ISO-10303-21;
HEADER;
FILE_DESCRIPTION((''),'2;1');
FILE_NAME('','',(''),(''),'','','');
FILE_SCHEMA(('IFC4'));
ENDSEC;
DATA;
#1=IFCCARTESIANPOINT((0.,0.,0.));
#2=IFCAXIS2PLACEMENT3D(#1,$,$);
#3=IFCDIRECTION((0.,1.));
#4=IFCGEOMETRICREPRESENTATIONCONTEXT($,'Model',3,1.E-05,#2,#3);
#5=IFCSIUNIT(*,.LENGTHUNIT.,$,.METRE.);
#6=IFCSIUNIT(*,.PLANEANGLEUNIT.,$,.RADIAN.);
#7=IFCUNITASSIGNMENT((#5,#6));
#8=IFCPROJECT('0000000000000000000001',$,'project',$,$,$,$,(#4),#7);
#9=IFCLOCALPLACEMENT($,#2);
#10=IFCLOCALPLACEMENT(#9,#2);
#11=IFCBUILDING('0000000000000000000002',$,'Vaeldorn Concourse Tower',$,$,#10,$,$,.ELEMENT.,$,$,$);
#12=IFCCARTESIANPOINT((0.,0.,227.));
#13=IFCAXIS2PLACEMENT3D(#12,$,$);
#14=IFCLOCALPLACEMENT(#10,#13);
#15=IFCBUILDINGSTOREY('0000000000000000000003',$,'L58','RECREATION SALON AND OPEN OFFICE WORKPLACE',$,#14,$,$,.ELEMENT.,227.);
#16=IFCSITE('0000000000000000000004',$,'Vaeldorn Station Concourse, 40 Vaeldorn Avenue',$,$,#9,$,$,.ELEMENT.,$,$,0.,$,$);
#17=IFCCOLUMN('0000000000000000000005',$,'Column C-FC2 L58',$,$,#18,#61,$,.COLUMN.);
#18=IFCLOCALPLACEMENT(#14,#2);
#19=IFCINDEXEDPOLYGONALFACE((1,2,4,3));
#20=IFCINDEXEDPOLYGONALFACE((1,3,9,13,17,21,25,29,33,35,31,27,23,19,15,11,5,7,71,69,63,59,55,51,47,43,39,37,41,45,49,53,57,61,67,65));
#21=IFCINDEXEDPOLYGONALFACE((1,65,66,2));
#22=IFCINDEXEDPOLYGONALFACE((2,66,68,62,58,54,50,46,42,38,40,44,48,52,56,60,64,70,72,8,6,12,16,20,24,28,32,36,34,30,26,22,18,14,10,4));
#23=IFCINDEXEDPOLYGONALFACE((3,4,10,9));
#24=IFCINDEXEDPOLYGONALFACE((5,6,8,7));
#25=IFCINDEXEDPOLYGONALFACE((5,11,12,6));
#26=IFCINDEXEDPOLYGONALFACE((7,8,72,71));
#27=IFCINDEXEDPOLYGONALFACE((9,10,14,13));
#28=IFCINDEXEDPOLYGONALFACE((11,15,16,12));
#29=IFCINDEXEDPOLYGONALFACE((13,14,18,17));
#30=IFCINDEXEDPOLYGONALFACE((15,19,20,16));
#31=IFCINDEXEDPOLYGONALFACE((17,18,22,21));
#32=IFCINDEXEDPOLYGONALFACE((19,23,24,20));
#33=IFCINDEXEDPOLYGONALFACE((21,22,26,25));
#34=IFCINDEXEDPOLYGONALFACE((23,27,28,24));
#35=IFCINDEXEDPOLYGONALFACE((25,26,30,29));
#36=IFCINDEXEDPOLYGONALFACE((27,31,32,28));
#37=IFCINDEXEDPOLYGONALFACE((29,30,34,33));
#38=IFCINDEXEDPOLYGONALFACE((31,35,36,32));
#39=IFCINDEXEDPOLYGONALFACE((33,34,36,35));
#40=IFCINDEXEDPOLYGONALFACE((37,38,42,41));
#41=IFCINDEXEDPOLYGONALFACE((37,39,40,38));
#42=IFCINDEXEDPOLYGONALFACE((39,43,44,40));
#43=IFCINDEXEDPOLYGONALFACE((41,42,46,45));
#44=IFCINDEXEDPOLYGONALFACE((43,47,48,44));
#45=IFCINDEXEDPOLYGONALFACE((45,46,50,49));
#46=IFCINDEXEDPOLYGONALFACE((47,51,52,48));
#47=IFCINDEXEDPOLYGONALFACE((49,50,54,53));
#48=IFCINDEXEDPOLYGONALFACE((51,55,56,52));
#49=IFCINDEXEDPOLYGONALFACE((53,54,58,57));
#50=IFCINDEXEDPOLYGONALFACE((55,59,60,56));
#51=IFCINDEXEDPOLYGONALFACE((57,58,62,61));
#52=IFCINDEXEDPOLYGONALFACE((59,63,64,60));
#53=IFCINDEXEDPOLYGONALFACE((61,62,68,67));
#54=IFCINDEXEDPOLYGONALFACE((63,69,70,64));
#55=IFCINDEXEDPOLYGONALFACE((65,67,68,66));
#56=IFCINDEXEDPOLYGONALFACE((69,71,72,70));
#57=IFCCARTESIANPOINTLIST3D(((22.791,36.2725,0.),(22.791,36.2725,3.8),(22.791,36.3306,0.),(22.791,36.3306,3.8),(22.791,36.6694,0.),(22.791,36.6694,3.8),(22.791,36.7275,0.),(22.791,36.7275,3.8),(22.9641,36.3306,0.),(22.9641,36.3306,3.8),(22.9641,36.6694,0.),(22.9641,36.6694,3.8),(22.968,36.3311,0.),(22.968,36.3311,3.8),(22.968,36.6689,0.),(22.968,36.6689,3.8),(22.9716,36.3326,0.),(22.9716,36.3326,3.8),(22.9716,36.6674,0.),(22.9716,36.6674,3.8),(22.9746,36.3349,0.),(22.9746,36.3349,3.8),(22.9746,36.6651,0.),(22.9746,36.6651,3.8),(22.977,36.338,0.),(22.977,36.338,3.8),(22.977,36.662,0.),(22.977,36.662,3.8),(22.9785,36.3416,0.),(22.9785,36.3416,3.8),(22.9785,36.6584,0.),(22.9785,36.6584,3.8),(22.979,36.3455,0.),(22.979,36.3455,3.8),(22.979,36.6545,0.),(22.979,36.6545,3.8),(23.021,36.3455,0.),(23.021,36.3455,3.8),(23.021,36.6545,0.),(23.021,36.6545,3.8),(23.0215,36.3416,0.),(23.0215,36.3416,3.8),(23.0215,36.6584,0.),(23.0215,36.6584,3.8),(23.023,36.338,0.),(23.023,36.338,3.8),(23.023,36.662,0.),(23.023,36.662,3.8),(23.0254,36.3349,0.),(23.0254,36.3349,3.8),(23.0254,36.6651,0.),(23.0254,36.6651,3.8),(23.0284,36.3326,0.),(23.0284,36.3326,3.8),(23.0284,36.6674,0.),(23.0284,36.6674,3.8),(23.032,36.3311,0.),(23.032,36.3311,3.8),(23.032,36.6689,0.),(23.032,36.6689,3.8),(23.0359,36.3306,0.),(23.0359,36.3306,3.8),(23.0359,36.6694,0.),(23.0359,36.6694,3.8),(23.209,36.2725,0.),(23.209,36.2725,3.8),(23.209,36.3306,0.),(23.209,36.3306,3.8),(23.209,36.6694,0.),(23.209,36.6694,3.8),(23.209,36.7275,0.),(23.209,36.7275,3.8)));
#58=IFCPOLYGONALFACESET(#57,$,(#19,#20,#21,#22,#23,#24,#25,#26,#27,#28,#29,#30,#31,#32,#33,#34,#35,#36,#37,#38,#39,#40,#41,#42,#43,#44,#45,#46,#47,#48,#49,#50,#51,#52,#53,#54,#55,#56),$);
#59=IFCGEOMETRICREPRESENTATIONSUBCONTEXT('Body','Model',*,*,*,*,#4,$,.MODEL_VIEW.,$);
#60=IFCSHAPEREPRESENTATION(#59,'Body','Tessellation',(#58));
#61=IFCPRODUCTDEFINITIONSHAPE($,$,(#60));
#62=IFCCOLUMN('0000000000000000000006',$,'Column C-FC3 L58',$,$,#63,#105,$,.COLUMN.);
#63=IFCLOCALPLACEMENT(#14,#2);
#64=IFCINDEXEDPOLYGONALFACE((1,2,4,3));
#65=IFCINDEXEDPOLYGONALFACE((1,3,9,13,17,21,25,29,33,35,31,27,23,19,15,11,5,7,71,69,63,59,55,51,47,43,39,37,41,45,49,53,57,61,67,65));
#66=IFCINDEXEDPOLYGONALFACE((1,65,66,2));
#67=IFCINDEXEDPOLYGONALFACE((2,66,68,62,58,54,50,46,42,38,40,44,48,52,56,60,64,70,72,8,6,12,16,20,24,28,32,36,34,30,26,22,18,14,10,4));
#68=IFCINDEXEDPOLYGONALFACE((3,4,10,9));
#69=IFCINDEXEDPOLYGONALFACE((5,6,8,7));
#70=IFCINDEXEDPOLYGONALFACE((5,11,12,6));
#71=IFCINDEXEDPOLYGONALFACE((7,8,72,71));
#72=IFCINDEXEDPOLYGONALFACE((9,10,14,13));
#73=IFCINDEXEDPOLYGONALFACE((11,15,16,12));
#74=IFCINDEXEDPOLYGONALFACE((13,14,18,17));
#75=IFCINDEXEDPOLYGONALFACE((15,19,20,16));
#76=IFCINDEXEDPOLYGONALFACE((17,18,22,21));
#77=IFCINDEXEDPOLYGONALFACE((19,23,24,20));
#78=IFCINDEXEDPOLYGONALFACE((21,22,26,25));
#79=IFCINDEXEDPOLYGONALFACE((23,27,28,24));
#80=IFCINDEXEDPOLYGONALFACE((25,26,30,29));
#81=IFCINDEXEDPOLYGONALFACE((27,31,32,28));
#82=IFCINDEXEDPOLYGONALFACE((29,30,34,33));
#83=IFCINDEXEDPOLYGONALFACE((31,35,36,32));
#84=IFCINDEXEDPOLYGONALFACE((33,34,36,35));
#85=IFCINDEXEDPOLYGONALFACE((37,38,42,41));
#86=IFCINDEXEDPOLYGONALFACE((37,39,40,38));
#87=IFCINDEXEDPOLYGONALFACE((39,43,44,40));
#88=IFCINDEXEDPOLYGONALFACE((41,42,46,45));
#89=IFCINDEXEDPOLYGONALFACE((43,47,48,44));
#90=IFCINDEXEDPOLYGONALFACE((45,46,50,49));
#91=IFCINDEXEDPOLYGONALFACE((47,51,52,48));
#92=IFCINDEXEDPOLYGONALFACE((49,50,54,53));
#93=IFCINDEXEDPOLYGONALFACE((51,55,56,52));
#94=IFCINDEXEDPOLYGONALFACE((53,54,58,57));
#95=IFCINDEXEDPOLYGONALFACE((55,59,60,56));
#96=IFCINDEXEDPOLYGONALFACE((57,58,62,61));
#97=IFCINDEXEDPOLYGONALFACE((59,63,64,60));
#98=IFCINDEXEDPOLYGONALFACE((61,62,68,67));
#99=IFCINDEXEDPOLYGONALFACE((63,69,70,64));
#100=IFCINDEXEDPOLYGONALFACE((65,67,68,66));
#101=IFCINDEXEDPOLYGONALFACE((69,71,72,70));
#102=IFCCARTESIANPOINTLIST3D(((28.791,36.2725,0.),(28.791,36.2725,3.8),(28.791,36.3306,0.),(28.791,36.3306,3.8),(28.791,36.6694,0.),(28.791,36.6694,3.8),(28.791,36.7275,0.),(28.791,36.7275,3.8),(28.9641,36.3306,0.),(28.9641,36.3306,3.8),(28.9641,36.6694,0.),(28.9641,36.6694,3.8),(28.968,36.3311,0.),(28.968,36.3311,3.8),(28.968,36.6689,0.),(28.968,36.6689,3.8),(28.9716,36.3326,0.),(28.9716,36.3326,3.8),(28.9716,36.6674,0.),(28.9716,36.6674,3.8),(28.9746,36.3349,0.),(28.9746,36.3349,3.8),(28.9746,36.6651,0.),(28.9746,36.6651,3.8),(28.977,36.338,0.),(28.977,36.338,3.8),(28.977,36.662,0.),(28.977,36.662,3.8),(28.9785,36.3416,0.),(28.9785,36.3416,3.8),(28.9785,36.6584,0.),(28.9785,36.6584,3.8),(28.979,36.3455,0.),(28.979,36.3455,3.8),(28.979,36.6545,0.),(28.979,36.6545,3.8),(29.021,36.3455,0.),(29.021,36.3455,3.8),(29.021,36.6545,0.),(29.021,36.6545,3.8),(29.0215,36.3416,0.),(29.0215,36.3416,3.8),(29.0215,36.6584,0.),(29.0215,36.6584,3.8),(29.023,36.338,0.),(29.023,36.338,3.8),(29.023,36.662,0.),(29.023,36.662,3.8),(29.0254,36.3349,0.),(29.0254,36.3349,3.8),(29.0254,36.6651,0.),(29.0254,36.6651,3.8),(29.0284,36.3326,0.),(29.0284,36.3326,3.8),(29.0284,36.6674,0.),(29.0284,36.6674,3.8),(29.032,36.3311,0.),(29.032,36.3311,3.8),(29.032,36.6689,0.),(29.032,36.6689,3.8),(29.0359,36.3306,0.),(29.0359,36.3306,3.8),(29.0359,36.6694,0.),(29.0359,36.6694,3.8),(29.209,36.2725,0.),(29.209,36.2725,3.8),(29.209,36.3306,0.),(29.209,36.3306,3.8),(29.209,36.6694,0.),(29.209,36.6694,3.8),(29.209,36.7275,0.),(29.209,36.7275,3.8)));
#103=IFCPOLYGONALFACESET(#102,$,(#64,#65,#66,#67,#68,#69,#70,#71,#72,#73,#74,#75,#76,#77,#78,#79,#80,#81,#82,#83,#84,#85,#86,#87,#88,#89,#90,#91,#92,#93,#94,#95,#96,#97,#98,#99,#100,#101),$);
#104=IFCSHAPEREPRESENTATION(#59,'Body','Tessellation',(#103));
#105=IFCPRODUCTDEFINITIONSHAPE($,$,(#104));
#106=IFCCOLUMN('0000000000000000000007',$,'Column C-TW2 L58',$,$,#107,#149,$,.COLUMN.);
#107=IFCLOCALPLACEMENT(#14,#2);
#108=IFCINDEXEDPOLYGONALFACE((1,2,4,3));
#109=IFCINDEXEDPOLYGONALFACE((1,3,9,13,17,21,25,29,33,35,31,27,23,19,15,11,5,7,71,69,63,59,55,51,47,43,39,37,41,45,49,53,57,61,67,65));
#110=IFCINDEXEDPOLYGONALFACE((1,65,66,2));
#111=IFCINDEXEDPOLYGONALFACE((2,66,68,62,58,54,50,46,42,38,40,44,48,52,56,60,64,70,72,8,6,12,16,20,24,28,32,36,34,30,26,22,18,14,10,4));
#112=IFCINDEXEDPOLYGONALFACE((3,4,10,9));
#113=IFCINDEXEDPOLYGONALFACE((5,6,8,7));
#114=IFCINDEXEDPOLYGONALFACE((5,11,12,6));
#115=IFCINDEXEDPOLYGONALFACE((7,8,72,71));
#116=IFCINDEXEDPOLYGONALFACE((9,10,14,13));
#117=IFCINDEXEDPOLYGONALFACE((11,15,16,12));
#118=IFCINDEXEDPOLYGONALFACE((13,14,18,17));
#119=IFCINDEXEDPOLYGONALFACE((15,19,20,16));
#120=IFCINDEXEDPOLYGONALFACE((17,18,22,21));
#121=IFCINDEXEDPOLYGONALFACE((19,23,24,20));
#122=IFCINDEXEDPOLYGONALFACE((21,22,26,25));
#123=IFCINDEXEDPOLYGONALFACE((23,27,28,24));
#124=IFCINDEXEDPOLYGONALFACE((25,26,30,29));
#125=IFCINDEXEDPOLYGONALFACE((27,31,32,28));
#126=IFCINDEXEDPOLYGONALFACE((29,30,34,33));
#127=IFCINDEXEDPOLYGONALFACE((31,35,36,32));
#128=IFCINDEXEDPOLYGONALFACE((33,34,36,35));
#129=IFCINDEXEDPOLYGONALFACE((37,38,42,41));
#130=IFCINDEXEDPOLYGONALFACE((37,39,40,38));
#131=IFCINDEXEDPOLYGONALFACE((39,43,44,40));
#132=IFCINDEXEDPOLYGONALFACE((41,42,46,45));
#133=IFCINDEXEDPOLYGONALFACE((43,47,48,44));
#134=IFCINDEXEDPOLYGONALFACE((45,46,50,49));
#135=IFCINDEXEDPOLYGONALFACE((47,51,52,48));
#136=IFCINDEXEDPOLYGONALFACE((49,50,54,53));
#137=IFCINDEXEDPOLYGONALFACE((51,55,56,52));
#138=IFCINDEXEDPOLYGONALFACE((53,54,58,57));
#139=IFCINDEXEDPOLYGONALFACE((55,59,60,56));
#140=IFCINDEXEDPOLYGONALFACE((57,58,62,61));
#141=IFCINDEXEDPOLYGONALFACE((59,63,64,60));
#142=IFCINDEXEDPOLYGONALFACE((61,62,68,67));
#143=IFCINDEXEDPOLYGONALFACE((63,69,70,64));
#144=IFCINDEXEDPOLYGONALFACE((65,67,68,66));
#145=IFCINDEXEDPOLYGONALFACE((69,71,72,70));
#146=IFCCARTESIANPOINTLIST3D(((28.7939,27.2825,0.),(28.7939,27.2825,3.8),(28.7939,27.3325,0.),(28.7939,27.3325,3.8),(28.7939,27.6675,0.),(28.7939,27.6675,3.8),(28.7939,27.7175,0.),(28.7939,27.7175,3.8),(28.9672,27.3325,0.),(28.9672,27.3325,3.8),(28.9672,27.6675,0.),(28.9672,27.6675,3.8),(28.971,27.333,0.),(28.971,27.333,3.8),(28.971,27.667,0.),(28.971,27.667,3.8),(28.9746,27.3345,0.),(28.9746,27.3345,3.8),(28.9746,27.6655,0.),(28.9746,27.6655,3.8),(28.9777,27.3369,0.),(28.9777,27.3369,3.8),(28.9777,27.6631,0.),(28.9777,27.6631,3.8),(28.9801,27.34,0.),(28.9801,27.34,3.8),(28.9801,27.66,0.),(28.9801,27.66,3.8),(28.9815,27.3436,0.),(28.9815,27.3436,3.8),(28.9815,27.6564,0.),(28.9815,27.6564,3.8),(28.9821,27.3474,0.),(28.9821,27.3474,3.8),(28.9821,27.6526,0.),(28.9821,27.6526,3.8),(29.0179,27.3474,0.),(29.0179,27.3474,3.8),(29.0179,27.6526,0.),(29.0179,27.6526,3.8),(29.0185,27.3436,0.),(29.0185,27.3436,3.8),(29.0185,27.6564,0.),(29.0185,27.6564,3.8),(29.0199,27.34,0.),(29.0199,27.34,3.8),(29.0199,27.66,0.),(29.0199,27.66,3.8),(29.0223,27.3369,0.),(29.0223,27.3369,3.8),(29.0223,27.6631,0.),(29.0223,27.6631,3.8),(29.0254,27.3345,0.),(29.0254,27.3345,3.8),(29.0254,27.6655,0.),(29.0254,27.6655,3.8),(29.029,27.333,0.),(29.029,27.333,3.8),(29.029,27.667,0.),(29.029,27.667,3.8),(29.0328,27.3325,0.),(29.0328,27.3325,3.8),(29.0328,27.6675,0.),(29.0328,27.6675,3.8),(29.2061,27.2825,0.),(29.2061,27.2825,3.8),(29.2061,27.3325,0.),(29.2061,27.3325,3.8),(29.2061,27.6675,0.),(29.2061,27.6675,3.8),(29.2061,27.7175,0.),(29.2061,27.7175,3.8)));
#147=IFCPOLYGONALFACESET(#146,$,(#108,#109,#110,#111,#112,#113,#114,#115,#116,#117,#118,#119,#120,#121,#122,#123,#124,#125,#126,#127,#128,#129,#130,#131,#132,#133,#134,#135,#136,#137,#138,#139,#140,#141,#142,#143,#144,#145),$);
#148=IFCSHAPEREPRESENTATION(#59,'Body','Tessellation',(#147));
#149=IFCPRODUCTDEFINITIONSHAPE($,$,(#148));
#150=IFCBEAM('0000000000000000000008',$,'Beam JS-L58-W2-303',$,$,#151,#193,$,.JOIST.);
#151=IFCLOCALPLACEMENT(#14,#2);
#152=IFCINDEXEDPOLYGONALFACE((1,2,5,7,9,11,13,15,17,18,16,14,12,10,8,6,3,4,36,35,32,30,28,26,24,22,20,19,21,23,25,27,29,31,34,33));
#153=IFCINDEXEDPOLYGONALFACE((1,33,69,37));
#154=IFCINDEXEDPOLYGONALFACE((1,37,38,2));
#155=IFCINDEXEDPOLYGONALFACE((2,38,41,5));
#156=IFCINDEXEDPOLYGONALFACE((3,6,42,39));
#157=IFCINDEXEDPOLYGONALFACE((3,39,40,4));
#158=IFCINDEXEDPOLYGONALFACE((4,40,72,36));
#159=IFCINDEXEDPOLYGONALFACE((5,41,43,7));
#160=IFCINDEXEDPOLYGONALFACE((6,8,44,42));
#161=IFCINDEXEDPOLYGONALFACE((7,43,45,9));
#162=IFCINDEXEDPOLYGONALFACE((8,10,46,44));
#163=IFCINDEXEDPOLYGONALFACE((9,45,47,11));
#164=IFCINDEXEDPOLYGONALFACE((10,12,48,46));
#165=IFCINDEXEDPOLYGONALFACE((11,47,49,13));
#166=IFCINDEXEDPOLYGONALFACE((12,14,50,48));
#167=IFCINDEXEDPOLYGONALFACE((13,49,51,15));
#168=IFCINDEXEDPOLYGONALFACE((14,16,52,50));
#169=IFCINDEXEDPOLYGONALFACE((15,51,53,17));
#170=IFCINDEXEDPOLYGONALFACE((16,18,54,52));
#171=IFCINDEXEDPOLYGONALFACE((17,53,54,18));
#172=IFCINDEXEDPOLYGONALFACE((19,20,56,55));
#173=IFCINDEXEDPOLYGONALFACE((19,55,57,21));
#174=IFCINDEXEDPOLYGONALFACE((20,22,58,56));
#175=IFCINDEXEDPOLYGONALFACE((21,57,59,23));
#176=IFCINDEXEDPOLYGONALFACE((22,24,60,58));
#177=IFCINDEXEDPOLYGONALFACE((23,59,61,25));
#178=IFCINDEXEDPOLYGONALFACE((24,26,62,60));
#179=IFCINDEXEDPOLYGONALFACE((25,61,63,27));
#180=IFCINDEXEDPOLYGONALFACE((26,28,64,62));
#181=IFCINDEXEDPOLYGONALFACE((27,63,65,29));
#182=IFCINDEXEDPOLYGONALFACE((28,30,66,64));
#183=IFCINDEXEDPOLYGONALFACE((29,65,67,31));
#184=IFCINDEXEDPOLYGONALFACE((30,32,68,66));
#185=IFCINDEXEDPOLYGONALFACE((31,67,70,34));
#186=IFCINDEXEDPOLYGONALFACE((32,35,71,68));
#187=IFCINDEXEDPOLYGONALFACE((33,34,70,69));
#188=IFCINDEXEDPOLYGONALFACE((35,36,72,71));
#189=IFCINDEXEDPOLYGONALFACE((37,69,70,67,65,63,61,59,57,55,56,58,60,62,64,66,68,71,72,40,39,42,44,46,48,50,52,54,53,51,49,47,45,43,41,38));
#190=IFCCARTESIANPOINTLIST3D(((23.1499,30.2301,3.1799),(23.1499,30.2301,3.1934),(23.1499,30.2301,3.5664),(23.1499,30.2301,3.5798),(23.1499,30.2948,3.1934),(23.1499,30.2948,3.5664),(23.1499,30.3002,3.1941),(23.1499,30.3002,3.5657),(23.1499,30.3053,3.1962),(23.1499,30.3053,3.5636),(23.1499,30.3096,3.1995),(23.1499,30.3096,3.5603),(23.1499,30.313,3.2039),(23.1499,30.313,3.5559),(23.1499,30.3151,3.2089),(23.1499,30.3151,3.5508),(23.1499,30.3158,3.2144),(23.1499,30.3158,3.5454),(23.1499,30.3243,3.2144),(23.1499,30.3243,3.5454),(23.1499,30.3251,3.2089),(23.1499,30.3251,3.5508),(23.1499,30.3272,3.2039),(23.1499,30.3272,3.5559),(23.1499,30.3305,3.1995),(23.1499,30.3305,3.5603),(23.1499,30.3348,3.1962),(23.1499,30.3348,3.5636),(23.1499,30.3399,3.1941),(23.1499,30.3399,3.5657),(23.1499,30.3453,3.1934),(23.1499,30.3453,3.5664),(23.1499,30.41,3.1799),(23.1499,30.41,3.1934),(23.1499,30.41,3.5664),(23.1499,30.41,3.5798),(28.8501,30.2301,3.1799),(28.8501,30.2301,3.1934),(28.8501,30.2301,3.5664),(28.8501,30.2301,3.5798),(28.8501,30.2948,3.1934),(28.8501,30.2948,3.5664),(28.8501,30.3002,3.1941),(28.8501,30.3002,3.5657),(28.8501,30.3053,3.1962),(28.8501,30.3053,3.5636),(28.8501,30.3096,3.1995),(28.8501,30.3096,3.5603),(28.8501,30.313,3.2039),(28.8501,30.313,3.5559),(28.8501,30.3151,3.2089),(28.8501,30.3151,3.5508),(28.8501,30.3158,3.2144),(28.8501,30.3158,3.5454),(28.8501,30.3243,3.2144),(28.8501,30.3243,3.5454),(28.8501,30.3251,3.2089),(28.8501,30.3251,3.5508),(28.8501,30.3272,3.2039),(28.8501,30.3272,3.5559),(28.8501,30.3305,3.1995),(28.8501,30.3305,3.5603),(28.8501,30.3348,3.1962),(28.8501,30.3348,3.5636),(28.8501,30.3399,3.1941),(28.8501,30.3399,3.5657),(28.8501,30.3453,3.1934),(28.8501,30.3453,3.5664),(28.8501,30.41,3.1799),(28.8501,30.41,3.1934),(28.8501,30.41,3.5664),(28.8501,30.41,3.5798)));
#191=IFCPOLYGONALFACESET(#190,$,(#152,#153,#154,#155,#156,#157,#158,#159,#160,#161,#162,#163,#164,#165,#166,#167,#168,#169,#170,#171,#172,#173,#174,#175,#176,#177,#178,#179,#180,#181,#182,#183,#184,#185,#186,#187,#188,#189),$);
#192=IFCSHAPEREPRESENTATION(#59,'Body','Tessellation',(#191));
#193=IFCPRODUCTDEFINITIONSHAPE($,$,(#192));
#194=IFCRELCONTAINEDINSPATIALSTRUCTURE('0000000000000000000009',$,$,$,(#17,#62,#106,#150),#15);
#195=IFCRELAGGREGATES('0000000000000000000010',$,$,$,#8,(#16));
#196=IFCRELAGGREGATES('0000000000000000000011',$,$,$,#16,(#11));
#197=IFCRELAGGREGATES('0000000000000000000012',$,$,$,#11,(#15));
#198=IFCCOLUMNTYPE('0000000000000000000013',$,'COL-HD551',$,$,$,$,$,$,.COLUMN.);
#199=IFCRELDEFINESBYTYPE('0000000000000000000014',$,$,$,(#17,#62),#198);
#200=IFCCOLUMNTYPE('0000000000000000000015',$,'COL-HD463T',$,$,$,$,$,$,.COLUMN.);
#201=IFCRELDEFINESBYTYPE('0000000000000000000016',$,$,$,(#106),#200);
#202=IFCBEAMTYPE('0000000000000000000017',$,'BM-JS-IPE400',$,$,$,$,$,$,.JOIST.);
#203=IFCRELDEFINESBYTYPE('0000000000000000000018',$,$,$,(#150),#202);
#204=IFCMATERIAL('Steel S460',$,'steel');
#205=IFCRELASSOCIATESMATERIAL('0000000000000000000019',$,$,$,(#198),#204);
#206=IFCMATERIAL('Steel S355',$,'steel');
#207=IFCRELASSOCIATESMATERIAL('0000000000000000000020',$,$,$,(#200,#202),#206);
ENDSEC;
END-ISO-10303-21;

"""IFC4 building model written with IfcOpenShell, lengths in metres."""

from ifc_helpers import new_model, si_unit, direction, frame, origin, origin_2d, place, context, subcontext, project, spatial, i_section, extrude, source, transform, mapped, material, material_profile, profile_set, type_object, element, save


model = new_model("IFC4")

# Units and contexts
model_context = context("Model", 3, precision=1e-05, world=origin(), true_north=direction((0.0, 1.0)))
body_context = subcontext(model_context, "Body", "Model", "MODEL_VIEW")
ifc_project = project(units=[si_unit("LENGTHUNIT", "METRE"), si_unit("PLANEANGLEUNIT", "RADIAN")], contexts=[model_context])

# Site, building, storey
site_placement = place(None, origin())
site = spatial("IfcSite", under=ifc_project, at=site_placement, Name="Vaeldorn Station Concourse, 40 Vaeldorn Avenue", CompositionType="ELEMENT", RefElevation=0.0)
building_placement = place(site_placement, origin())
building = spatial("IfcBuilding", under=site, at=building_placement, Name="Vaeldorn Concourse Tower", CompositionType="ELEMENT")
storey_placement = place(building_placement, frame((0.0, 0.0, 227.0)))
storey = spatial("IfcBuildingStorey", under=building, at=storey_placement, Name="L58", Description="RECREATION SALON AND OPEN OFFICE WORKPLACE", CompositionType="ELEMENT", Elevation=227.0)

# Columns
ifc_material_1 = material(Name="Steel S460", Category="steel")
ifc_material_profile_1 = material_profile(ifc_material_1, i_section(OverallWidth=0.418, OverallDepth=0.4551, WebThickness=0.042, FlangeThickness=0.0581, FilletRadius=0.0149, at=origin_2d()), Name="HD 400x551")
ifc_profile_set_1 = profile_set([ifc_material_profile_1], Name="Steel S460")
column_type_1 = type_object("IfcColumnType", Name="COL-HD551", PredefinedType="COLUMN", material=ifc_profile_set_1)
shared_shape_1 = source(origin(), body_context, "Body", "SweptSolid", [
    extrude(i_section(OverallWidth=0.418, OverallDepth=0.4551, WebThickness=0.042, FlangeThickness=0.0581, FilletRadius=0.0149, at=origin_2d()), origin(), (0.0, 0.0, 1.0), 3.8),
])
for number, where, z_axis, x_axis, name in (
    (1, (23.0, 36.5, 0.0), (0.0, 0.0, 1.0), (1.0, 0.0, 0.0), "Column C-FC2 L58"),
    (2, (29.0, 36.5, 0.0), (0.0, 0.0, 1.0), (1.0, 0.0, 0.0), "Column C-FC3 L58"),
):
    element("IfcColumn", number, at=place(storey_placement, frame(where, z_axis=z_axis, x_axis=x_axis)), inside=storey, type_object=column_type_1, Name=name, PredefinedType="COLUMN", context=body_context, shape_type="MappedRepresentation", body=[
        mapped(shared_shape_1, transform((0.0, 0.0, 0.0), scale=1.0)),
    ])
ifc_material_2 = material(Name="Steel S355", Category="steel")
ifc_material_profile_2 = material_profile(ifc_material_2, i_section(OverallWidth=0.4121, OverallDepth=0.4351, WebThickness=0.0359, FlangeThickness=0.05, FilletRadius=0.0149, at=origin_2d()), Name="HD 400x463")
ifc_profile_set_2 = profile_set([ifc_material_profile_2], Name="Steel S355")
column_type_2 = type_object("IfcColumnType", Name="COL-HD463T", PredefinedType="COLUMN", material=ifc_profile_set_2)
shared_shape_2 = source(origin(), body_context, "Body", "SweptSolid", [
    extrude(i_section(OverallWidth=0.4121, OverallDepth=0.4351, WebThickness=0.0359, FlangeThickness=0.05, FilletRadius=0.0149, at=origin_2d()), origin(), (0.0, 0.0, 1.0), 3.8),
])
column_placement = place(storey_placement, frame((29.0, 27.5, 0.0), z_axis=(0.0, 0.0, 1.0), x_axis=(1.0, 0.0, 0.0)))
element("IfcColumn", 3, at=column_placement, inside=storey, type_object=column_type_2, Name="Column C-TW2 L58", PredefinedType="COLUMN", context=body_context, shape_type="MappedRepresentation", body=[
    mapped(shared_shape_2, transform((0.0, 0.0, 0.0), scale=1.0)),
])

# Beam
ifc_material_profile_3 = material_profile(ifc_material_2, i_section(OverallWidth=0.1799, OverallDepth=0.3999, WebThickness=0.0085, FlangeThickness=0.0134, FilletRadius=0.021, at=origin_2d()), Name="IPE 400")
ifc_profile_set_3 = profile_set([ifc_material_profile_3], Name="Steel S355")
beam_type_1 = type_object("IfcBeamType", Name="BM-JS-IPE400", PredefinedType="JOIST", material=ifc_profile_set_3)
shared_shape_3 = source(origin(), body_context, "Body", "SweptSolid", [
    extrude(i_section(OverallWidth=0.1799, OverallDepth=0.3999, WebThickness=0.0085, FlangeThickness=0.0134, FilletRadius=0.021, at=origin_2d()), origin(), (0.0, 0.0, 1.0), 5.7002),
])
for number, where, z_axis, x_axis, name in (
    (4, (23.1499, 30.3201, 3.3799), (1.0, 0.0, 0.0), (0.0, 1.0, 0.0), "Beam JS-L58-W2-303"),
):
    element("IfcBeam", number, at=place(storey_placement, frame(where, z_axis=z_axis, x_axis=x_axis)), inside=storey, type_object=beam_type_1, Name=name, PredefinedType="JOIST", context=body_context, shape_type="MappedRepresentation", body=[
        mapped(shared_shape_3, transform((0.0, 0.0, 0.0), scale=1.0)),
    ])

save(model, "model.ifc")
